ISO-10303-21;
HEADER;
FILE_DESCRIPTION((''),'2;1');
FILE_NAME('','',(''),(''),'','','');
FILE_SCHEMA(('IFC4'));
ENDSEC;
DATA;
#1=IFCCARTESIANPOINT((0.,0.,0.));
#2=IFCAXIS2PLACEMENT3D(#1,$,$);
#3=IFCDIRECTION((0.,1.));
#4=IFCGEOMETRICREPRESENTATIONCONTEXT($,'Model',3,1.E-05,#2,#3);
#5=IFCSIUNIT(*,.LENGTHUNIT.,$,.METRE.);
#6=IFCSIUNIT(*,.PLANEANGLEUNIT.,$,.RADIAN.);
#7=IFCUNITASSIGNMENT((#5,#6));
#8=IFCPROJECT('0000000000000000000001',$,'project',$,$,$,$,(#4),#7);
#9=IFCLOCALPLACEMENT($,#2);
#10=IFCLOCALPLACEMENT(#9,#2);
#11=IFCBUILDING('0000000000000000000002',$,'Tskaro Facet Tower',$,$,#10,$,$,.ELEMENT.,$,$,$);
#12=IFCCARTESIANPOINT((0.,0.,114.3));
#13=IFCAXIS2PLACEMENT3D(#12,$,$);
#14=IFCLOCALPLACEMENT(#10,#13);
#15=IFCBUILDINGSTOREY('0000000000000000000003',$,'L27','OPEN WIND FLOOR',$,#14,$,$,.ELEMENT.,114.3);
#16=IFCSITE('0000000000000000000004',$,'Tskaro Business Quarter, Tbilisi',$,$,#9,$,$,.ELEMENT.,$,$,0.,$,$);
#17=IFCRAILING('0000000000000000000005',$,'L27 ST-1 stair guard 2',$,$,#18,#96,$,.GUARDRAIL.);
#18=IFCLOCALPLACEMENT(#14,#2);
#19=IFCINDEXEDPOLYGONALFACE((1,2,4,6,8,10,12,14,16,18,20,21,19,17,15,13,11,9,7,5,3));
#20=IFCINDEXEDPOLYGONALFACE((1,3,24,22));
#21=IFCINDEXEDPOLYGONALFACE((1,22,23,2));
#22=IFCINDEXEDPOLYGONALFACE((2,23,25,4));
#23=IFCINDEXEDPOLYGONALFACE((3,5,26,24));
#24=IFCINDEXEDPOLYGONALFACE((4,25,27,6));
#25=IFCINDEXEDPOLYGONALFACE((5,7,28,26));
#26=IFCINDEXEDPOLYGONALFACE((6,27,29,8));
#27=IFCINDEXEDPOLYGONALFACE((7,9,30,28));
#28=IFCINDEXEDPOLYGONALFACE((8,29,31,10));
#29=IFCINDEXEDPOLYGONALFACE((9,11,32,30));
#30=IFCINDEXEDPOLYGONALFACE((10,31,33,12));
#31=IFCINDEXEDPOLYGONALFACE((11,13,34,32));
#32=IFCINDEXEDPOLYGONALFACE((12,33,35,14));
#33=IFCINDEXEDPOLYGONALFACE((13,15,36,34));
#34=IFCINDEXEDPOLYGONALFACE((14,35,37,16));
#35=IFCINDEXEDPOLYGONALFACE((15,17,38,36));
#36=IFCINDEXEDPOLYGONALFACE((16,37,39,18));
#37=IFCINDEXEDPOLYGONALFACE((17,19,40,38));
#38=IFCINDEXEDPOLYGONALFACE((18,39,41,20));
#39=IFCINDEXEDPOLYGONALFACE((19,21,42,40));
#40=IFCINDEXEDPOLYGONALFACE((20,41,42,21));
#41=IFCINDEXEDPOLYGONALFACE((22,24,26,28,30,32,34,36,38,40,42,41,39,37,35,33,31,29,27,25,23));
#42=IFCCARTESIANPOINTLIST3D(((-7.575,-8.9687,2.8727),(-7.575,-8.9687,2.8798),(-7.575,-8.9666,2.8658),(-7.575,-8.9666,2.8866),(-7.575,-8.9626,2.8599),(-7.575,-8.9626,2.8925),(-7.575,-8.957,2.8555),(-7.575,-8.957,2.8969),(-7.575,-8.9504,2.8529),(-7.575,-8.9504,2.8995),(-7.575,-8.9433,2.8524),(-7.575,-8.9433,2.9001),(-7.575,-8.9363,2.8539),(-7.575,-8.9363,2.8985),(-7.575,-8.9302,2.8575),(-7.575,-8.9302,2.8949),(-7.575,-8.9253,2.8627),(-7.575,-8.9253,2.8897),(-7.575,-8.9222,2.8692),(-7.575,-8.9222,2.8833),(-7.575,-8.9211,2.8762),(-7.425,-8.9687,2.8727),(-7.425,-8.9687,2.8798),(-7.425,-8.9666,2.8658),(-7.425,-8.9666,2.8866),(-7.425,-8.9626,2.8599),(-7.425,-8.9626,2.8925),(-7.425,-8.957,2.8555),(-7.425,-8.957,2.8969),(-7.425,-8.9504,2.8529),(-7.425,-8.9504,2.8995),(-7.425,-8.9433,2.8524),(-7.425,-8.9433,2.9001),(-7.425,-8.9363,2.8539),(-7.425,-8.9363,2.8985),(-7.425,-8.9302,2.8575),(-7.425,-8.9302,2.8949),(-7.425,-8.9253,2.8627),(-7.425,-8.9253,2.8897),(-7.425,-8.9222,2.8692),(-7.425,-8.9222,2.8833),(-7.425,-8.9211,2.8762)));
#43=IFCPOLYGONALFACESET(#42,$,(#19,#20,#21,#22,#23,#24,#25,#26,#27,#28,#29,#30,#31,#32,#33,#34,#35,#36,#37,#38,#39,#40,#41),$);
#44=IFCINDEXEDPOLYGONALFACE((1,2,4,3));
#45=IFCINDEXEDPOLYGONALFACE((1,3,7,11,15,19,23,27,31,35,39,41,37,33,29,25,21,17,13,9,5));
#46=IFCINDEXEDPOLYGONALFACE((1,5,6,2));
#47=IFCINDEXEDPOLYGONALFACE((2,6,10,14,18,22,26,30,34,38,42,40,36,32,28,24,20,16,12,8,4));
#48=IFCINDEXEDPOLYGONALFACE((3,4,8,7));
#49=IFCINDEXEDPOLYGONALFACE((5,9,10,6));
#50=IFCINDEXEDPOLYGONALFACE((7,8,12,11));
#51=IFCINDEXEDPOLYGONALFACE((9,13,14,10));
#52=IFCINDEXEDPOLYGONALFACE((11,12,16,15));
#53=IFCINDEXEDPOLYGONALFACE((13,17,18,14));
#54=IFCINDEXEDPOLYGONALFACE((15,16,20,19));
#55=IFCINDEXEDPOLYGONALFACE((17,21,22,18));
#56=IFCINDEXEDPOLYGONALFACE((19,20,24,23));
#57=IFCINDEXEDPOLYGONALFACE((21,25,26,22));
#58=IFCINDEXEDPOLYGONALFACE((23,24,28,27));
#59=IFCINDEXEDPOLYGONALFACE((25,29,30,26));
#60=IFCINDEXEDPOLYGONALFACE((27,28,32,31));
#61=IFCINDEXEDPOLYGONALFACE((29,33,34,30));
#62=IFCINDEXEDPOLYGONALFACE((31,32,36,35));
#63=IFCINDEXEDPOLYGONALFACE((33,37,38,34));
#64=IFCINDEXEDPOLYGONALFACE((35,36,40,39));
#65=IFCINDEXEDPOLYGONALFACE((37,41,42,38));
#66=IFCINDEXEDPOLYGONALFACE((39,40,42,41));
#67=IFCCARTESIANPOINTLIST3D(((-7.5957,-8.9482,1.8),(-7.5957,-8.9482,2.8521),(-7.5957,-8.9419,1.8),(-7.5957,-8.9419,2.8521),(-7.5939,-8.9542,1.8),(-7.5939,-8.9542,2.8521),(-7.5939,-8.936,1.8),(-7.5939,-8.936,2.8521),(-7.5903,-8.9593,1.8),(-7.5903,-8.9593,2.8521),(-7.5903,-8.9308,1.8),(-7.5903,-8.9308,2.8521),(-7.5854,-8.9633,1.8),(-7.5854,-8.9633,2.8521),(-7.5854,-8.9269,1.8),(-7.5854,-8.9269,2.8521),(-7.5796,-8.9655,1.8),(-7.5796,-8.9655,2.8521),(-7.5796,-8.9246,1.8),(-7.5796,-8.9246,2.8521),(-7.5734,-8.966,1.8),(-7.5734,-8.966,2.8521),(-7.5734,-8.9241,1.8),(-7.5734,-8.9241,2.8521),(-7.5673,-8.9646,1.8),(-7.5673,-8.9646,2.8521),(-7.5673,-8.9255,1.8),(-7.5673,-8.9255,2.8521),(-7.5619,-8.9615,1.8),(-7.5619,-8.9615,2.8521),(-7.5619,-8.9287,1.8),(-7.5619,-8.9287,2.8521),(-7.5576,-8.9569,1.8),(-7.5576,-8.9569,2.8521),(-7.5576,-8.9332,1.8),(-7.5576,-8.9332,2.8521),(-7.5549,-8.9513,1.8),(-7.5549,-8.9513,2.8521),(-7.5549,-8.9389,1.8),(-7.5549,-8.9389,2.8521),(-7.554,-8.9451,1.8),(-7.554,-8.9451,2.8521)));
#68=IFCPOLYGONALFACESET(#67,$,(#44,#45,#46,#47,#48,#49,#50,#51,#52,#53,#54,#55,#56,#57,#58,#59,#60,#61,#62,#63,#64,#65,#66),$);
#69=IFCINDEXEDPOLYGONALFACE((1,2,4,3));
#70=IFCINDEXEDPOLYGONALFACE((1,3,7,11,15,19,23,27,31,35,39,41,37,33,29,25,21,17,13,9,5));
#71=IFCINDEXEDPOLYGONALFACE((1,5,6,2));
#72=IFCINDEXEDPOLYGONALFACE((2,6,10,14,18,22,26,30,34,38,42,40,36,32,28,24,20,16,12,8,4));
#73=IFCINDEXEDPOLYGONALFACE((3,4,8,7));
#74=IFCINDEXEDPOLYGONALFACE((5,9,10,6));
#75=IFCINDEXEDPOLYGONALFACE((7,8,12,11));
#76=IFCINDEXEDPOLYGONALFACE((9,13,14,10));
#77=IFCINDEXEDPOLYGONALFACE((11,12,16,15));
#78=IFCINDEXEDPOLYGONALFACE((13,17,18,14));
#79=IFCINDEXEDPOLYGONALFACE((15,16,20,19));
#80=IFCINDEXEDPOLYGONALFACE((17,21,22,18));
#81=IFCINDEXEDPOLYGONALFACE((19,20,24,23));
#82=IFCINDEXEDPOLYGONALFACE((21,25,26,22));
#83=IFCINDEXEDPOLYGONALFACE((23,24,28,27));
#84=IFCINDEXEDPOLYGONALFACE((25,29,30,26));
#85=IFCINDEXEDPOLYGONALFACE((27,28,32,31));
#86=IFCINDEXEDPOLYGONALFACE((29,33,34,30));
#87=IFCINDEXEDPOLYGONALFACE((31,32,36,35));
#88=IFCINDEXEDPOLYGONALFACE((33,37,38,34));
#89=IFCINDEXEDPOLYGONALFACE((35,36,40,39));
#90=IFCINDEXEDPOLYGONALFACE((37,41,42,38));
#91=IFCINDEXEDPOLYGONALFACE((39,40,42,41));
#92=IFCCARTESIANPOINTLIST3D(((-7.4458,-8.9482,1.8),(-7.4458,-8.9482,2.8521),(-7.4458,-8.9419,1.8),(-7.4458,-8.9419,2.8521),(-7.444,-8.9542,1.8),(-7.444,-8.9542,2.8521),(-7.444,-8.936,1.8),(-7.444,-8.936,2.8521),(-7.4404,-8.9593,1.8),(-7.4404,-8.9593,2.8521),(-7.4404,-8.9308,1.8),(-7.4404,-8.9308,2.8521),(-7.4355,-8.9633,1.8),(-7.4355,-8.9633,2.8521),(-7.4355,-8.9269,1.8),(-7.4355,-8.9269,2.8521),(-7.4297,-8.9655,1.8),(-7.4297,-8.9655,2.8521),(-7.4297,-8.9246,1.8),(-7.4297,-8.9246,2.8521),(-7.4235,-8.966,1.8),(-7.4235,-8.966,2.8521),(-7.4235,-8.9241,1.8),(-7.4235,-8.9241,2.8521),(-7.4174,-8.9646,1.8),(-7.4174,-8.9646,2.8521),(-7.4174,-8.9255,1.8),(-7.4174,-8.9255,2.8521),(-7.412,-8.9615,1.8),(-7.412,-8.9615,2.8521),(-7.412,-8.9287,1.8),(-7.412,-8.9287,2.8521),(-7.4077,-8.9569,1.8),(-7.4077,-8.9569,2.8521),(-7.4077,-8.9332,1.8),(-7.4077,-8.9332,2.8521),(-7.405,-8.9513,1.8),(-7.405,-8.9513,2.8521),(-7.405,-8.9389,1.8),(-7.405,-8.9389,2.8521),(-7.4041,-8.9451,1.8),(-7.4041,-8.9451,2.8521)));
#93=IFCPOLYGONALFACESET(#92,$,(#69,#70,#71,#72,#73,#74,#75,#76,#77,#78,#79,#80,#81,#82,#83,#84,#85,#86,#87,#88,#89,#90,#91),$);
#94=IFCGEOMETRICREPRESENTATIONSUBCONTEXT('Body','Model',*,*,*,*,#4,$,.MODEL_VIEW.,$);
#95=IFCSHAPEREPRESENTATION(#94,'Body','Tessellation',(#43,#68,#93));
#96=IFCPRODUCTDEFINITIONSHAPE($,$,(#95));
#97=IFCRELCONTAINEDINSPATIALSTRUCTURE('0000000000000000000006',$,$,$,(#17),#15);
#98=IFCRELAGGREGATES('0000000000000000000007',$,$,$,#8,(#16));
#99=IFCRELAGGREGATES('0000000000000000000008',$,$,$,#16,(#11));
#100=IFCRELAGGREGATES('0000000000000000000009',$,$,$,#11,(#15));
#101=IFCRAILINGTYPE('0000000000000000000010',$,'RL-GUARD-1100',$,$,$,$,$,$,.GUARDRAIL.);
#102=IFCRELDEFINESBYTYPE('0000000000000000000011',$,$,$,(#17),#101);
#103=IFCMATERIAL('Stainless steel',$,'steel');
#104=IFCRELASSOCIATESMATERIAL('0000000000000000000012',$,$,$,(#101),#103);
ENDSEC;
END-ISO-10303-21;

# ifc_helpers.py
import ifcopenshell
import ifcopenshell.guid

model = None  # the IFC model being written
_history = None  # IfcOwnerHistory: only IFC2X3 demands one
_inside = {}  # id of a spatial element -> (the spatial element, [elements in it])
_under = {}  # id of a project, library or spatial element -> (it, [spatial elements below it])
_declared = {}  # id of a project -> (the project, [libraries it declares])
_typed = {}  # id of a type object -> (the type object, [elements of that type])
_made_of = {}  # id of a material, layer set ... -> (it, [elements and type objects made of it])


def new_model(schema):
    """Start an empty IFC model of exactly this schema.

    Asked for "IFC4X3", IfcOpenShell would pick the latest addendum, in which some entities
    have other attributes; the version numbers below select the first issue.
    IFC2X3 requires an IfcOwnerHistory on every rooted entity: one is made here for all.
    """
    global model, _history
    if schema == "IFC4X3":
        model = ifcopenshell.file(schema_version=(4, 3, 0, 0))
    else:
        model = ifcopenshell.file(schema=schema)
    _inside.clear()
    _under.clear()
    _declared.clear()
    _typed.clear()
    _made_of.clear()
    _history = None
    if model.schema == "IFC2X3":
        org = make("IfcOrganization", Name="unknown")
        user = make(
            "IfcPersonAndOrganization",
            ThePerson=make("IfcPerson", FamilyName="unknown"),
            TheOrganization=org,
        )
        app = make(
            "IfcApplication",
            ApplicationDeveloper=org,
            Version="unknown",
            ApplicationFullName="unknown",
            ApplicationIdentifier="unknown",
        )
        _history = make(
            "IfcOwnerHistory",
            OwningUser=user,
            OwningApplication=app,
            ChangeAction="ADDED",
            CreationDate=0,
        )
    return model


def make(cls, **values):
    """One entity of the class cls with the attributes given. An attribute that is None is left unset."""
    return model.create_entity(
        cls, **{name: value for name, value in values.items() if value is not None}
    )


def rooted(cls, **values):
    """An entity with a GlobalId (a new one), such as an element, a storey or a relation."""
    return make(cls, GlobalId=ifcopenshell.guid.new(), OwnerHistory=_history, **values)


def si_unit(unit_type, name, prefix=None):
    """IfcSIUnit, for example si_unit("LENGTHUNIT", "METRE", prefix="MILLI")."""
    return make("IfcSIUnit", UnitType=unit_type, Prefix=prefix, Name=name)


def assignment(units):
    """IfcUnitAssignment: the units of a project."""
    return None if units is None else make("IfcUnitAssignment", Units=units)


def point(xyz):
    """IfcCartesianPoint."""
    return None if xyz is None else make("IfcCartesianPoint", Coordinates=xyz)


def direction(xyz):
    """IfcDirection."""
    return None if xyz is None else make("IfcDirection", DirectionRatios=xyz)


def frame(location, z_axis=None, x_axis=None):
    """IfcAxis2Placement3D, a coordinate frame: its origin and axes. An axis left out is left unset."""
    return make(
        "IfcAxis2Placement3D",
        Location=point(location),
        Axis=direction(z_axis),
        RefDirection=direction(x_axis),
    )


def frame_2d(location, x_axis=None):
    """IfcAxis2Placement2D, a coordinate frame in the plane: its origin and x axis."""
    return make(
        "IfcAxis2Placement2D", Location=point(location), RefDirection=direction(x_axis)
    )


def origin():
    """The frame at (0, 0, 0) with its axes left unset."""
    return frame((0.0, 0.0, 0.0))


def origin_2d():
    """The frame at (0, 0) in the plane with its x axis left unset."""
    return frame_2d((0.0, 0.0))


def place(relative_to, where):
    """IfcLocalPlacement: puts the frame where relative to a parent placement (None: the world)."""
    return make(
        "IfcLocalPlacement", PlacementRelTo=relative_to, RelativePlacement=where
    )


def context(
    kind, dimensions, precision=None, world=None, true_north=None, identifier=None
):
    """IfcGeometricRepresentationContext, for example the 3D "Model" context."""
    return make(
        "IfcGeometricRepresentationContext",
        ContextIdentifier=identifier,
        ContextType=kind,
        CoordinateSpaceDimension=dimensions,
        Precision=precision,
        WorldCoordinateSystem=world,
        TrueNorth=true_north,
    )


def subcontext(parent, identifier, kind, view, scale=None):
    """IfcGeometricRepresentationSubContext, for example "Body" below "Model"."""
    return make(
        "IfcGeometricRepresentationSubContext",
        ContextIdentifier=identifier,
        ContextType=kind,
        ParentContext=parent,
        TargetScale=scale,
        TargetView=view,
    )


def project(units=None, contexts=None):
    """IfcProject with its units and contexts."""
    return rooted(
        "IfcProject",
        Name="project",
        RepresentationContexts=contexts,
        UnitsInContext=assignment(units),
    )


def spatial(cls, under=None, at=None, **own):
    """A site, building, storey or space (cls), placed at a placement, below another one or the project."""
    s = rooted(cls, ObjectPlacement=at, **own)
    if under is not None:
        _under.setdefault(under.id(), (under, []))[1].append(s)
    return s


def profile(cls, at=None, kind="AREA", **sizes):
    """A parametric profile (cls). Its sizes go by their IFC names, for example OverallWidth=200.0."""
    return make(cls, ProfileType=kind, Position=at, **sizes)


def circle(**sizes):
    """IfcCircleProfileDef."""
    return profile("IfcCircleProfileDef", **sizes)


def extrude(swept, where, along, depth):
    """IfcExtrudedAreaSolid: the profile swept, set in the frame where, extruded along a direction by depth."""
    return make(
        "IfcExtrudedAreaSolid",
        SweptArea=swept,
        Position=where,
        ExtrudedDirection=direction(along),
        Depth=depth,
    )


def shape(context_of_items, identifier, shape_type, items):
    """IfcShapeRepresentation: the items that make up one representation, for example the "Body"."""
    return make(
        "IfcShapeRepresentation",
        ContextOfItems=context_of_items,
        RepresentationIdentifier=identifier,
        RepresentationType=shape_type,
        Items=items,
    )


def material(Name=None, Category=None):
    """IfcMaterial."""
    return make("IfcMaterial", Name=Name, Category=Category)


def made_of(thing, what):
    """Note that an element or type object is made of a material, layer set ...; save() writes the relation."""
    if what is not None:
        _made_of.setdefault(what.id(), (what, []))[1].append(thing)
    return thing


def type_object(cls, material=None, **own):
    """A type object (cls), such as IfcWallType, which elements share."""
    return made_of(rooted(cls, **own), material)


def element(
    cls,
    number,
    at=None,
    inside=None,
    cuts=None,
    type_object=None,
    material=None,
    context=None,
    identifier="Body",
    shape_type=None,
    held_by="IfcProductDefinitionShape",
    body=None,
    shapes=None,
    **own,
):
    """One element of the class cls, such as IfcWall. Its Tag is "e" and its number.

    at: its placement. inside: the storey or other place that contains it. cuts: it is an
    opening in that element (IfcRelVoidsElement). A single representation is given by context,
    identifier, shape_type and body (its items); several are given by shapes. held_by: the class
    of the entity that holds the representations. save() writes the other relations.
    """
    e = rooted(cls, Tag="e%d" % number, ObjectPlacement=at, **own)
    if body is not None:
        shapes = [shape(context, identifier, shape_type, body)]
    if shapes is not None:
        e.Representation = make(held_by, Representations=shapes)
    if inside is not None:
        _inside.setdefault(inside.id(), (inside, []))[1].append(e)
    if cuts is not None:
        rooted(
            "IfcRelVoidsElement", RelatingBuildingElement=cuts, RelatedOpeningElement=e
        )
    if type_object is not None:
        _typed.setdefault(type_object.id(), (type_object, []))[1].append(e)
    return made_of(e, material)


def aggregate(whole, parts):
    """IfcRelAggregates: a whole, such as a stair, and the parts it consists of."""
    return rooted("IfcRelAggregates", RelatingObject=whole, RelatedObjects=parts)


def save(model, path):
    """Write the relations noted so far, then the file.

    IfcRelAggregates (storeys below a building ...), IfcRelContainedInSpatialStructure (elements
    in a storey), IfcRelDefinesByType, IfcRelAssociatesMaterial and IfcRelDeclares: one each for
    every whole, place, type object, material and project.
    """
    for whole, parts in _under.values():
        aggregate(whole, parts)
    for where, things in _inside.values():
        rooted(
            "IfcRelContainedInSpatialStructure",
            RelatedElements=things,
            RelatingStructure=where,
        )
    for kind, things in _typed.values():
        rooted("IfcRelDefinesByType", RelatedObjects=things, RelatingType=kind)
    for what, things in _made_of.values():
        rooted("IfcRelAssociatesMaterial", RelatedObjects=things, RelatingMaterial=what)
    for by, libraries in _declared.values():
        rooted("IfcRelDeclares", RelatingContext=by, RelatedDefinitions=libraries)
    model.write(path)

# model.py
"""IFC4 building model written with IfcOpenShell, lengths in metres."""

from ifc_helpers import new_model, si_unit, direction, frame, origin, origin_2d, place, context, subcontext, project, spatial, circle, extrude, material, type_object, element, save


model = new_model("IFC4")

# Units and contexts
model_context = context("Model", 3, precision=1e-05, world=origin(), true_north=direction((0.0, 1.0)))
body_context = subcontext(model_context, "Body", "Model", "MODEL_VIEW")
ifc_project = project(units=[si_unit("LENGTHUNIT", "METRE"), si_unit("PLANEANGLEUNIT", "RADIAN")], contexts=[model_context])

# Site, building, storey
site_placement = place(None, origin())
site = spatial("IfcSite", under=ifc_project, at=site_placement, Name="Tskaro Business Quarter, Tbilisi", CompositionType="ELEMENT", RefElevation=0.0)
building_placement = place(site_placement, origin())
building = spatial("IfcBuilding", under=site, at=building_placement, Name="Tskaro Facet Tower", CompositionType="ELEMENT")
storey_placement = place(building_placement, frame((0.0, 0.0, 114.3)))
storey = spatial("IfcBuildingStorey", under=building, at=storey_placement, Name="L27", Description="OPEN WIND FLOOR", CompositionType="ELEMENT", Elevation=114.3)

# Shared definitions
ifc_material_1 = material(Name="Stainless steel", Category="steel")

# Railing
railing_type_1 = type_object("IfcRailingType", Name="RL-GUARD-1100", PredefinedType="GUARDRAIL", material=ifc_material_1)
railing_1_placement = place(storey_placement, frame((-7.575, -8.9451, 1.8)))
element("IfcRailing", 1, at=railing_1_placement, inside=storey, type_object=railing_type_1, Name="L27 ST-1 stair guard 2", PredefinedType="GUARDRAIL", context=body_context, shape_type="SweptSolid", body=[
    extrude(circle(Radius=0.0239, at=origin_2d()), frame((0.0, 0.0, 1.0762), z_axis=(1.0, 0.0, 0.0), x_axis=(0.0, 1.0, 0.0)), (0.0, 0.0, 1.0), 0.1499),
    extrude(circle(Radius=0.021, at=origin_2d()), origin(), (0.0, 0.0, 1.0), 1.052),
    extrude(circle(Radius=0.021, at=origin_2d()), frame((0.1499, 0.0, 0.0)), (0.0, 0.0, 1.0), 1.052),
])

save(model, "model.ifc")
